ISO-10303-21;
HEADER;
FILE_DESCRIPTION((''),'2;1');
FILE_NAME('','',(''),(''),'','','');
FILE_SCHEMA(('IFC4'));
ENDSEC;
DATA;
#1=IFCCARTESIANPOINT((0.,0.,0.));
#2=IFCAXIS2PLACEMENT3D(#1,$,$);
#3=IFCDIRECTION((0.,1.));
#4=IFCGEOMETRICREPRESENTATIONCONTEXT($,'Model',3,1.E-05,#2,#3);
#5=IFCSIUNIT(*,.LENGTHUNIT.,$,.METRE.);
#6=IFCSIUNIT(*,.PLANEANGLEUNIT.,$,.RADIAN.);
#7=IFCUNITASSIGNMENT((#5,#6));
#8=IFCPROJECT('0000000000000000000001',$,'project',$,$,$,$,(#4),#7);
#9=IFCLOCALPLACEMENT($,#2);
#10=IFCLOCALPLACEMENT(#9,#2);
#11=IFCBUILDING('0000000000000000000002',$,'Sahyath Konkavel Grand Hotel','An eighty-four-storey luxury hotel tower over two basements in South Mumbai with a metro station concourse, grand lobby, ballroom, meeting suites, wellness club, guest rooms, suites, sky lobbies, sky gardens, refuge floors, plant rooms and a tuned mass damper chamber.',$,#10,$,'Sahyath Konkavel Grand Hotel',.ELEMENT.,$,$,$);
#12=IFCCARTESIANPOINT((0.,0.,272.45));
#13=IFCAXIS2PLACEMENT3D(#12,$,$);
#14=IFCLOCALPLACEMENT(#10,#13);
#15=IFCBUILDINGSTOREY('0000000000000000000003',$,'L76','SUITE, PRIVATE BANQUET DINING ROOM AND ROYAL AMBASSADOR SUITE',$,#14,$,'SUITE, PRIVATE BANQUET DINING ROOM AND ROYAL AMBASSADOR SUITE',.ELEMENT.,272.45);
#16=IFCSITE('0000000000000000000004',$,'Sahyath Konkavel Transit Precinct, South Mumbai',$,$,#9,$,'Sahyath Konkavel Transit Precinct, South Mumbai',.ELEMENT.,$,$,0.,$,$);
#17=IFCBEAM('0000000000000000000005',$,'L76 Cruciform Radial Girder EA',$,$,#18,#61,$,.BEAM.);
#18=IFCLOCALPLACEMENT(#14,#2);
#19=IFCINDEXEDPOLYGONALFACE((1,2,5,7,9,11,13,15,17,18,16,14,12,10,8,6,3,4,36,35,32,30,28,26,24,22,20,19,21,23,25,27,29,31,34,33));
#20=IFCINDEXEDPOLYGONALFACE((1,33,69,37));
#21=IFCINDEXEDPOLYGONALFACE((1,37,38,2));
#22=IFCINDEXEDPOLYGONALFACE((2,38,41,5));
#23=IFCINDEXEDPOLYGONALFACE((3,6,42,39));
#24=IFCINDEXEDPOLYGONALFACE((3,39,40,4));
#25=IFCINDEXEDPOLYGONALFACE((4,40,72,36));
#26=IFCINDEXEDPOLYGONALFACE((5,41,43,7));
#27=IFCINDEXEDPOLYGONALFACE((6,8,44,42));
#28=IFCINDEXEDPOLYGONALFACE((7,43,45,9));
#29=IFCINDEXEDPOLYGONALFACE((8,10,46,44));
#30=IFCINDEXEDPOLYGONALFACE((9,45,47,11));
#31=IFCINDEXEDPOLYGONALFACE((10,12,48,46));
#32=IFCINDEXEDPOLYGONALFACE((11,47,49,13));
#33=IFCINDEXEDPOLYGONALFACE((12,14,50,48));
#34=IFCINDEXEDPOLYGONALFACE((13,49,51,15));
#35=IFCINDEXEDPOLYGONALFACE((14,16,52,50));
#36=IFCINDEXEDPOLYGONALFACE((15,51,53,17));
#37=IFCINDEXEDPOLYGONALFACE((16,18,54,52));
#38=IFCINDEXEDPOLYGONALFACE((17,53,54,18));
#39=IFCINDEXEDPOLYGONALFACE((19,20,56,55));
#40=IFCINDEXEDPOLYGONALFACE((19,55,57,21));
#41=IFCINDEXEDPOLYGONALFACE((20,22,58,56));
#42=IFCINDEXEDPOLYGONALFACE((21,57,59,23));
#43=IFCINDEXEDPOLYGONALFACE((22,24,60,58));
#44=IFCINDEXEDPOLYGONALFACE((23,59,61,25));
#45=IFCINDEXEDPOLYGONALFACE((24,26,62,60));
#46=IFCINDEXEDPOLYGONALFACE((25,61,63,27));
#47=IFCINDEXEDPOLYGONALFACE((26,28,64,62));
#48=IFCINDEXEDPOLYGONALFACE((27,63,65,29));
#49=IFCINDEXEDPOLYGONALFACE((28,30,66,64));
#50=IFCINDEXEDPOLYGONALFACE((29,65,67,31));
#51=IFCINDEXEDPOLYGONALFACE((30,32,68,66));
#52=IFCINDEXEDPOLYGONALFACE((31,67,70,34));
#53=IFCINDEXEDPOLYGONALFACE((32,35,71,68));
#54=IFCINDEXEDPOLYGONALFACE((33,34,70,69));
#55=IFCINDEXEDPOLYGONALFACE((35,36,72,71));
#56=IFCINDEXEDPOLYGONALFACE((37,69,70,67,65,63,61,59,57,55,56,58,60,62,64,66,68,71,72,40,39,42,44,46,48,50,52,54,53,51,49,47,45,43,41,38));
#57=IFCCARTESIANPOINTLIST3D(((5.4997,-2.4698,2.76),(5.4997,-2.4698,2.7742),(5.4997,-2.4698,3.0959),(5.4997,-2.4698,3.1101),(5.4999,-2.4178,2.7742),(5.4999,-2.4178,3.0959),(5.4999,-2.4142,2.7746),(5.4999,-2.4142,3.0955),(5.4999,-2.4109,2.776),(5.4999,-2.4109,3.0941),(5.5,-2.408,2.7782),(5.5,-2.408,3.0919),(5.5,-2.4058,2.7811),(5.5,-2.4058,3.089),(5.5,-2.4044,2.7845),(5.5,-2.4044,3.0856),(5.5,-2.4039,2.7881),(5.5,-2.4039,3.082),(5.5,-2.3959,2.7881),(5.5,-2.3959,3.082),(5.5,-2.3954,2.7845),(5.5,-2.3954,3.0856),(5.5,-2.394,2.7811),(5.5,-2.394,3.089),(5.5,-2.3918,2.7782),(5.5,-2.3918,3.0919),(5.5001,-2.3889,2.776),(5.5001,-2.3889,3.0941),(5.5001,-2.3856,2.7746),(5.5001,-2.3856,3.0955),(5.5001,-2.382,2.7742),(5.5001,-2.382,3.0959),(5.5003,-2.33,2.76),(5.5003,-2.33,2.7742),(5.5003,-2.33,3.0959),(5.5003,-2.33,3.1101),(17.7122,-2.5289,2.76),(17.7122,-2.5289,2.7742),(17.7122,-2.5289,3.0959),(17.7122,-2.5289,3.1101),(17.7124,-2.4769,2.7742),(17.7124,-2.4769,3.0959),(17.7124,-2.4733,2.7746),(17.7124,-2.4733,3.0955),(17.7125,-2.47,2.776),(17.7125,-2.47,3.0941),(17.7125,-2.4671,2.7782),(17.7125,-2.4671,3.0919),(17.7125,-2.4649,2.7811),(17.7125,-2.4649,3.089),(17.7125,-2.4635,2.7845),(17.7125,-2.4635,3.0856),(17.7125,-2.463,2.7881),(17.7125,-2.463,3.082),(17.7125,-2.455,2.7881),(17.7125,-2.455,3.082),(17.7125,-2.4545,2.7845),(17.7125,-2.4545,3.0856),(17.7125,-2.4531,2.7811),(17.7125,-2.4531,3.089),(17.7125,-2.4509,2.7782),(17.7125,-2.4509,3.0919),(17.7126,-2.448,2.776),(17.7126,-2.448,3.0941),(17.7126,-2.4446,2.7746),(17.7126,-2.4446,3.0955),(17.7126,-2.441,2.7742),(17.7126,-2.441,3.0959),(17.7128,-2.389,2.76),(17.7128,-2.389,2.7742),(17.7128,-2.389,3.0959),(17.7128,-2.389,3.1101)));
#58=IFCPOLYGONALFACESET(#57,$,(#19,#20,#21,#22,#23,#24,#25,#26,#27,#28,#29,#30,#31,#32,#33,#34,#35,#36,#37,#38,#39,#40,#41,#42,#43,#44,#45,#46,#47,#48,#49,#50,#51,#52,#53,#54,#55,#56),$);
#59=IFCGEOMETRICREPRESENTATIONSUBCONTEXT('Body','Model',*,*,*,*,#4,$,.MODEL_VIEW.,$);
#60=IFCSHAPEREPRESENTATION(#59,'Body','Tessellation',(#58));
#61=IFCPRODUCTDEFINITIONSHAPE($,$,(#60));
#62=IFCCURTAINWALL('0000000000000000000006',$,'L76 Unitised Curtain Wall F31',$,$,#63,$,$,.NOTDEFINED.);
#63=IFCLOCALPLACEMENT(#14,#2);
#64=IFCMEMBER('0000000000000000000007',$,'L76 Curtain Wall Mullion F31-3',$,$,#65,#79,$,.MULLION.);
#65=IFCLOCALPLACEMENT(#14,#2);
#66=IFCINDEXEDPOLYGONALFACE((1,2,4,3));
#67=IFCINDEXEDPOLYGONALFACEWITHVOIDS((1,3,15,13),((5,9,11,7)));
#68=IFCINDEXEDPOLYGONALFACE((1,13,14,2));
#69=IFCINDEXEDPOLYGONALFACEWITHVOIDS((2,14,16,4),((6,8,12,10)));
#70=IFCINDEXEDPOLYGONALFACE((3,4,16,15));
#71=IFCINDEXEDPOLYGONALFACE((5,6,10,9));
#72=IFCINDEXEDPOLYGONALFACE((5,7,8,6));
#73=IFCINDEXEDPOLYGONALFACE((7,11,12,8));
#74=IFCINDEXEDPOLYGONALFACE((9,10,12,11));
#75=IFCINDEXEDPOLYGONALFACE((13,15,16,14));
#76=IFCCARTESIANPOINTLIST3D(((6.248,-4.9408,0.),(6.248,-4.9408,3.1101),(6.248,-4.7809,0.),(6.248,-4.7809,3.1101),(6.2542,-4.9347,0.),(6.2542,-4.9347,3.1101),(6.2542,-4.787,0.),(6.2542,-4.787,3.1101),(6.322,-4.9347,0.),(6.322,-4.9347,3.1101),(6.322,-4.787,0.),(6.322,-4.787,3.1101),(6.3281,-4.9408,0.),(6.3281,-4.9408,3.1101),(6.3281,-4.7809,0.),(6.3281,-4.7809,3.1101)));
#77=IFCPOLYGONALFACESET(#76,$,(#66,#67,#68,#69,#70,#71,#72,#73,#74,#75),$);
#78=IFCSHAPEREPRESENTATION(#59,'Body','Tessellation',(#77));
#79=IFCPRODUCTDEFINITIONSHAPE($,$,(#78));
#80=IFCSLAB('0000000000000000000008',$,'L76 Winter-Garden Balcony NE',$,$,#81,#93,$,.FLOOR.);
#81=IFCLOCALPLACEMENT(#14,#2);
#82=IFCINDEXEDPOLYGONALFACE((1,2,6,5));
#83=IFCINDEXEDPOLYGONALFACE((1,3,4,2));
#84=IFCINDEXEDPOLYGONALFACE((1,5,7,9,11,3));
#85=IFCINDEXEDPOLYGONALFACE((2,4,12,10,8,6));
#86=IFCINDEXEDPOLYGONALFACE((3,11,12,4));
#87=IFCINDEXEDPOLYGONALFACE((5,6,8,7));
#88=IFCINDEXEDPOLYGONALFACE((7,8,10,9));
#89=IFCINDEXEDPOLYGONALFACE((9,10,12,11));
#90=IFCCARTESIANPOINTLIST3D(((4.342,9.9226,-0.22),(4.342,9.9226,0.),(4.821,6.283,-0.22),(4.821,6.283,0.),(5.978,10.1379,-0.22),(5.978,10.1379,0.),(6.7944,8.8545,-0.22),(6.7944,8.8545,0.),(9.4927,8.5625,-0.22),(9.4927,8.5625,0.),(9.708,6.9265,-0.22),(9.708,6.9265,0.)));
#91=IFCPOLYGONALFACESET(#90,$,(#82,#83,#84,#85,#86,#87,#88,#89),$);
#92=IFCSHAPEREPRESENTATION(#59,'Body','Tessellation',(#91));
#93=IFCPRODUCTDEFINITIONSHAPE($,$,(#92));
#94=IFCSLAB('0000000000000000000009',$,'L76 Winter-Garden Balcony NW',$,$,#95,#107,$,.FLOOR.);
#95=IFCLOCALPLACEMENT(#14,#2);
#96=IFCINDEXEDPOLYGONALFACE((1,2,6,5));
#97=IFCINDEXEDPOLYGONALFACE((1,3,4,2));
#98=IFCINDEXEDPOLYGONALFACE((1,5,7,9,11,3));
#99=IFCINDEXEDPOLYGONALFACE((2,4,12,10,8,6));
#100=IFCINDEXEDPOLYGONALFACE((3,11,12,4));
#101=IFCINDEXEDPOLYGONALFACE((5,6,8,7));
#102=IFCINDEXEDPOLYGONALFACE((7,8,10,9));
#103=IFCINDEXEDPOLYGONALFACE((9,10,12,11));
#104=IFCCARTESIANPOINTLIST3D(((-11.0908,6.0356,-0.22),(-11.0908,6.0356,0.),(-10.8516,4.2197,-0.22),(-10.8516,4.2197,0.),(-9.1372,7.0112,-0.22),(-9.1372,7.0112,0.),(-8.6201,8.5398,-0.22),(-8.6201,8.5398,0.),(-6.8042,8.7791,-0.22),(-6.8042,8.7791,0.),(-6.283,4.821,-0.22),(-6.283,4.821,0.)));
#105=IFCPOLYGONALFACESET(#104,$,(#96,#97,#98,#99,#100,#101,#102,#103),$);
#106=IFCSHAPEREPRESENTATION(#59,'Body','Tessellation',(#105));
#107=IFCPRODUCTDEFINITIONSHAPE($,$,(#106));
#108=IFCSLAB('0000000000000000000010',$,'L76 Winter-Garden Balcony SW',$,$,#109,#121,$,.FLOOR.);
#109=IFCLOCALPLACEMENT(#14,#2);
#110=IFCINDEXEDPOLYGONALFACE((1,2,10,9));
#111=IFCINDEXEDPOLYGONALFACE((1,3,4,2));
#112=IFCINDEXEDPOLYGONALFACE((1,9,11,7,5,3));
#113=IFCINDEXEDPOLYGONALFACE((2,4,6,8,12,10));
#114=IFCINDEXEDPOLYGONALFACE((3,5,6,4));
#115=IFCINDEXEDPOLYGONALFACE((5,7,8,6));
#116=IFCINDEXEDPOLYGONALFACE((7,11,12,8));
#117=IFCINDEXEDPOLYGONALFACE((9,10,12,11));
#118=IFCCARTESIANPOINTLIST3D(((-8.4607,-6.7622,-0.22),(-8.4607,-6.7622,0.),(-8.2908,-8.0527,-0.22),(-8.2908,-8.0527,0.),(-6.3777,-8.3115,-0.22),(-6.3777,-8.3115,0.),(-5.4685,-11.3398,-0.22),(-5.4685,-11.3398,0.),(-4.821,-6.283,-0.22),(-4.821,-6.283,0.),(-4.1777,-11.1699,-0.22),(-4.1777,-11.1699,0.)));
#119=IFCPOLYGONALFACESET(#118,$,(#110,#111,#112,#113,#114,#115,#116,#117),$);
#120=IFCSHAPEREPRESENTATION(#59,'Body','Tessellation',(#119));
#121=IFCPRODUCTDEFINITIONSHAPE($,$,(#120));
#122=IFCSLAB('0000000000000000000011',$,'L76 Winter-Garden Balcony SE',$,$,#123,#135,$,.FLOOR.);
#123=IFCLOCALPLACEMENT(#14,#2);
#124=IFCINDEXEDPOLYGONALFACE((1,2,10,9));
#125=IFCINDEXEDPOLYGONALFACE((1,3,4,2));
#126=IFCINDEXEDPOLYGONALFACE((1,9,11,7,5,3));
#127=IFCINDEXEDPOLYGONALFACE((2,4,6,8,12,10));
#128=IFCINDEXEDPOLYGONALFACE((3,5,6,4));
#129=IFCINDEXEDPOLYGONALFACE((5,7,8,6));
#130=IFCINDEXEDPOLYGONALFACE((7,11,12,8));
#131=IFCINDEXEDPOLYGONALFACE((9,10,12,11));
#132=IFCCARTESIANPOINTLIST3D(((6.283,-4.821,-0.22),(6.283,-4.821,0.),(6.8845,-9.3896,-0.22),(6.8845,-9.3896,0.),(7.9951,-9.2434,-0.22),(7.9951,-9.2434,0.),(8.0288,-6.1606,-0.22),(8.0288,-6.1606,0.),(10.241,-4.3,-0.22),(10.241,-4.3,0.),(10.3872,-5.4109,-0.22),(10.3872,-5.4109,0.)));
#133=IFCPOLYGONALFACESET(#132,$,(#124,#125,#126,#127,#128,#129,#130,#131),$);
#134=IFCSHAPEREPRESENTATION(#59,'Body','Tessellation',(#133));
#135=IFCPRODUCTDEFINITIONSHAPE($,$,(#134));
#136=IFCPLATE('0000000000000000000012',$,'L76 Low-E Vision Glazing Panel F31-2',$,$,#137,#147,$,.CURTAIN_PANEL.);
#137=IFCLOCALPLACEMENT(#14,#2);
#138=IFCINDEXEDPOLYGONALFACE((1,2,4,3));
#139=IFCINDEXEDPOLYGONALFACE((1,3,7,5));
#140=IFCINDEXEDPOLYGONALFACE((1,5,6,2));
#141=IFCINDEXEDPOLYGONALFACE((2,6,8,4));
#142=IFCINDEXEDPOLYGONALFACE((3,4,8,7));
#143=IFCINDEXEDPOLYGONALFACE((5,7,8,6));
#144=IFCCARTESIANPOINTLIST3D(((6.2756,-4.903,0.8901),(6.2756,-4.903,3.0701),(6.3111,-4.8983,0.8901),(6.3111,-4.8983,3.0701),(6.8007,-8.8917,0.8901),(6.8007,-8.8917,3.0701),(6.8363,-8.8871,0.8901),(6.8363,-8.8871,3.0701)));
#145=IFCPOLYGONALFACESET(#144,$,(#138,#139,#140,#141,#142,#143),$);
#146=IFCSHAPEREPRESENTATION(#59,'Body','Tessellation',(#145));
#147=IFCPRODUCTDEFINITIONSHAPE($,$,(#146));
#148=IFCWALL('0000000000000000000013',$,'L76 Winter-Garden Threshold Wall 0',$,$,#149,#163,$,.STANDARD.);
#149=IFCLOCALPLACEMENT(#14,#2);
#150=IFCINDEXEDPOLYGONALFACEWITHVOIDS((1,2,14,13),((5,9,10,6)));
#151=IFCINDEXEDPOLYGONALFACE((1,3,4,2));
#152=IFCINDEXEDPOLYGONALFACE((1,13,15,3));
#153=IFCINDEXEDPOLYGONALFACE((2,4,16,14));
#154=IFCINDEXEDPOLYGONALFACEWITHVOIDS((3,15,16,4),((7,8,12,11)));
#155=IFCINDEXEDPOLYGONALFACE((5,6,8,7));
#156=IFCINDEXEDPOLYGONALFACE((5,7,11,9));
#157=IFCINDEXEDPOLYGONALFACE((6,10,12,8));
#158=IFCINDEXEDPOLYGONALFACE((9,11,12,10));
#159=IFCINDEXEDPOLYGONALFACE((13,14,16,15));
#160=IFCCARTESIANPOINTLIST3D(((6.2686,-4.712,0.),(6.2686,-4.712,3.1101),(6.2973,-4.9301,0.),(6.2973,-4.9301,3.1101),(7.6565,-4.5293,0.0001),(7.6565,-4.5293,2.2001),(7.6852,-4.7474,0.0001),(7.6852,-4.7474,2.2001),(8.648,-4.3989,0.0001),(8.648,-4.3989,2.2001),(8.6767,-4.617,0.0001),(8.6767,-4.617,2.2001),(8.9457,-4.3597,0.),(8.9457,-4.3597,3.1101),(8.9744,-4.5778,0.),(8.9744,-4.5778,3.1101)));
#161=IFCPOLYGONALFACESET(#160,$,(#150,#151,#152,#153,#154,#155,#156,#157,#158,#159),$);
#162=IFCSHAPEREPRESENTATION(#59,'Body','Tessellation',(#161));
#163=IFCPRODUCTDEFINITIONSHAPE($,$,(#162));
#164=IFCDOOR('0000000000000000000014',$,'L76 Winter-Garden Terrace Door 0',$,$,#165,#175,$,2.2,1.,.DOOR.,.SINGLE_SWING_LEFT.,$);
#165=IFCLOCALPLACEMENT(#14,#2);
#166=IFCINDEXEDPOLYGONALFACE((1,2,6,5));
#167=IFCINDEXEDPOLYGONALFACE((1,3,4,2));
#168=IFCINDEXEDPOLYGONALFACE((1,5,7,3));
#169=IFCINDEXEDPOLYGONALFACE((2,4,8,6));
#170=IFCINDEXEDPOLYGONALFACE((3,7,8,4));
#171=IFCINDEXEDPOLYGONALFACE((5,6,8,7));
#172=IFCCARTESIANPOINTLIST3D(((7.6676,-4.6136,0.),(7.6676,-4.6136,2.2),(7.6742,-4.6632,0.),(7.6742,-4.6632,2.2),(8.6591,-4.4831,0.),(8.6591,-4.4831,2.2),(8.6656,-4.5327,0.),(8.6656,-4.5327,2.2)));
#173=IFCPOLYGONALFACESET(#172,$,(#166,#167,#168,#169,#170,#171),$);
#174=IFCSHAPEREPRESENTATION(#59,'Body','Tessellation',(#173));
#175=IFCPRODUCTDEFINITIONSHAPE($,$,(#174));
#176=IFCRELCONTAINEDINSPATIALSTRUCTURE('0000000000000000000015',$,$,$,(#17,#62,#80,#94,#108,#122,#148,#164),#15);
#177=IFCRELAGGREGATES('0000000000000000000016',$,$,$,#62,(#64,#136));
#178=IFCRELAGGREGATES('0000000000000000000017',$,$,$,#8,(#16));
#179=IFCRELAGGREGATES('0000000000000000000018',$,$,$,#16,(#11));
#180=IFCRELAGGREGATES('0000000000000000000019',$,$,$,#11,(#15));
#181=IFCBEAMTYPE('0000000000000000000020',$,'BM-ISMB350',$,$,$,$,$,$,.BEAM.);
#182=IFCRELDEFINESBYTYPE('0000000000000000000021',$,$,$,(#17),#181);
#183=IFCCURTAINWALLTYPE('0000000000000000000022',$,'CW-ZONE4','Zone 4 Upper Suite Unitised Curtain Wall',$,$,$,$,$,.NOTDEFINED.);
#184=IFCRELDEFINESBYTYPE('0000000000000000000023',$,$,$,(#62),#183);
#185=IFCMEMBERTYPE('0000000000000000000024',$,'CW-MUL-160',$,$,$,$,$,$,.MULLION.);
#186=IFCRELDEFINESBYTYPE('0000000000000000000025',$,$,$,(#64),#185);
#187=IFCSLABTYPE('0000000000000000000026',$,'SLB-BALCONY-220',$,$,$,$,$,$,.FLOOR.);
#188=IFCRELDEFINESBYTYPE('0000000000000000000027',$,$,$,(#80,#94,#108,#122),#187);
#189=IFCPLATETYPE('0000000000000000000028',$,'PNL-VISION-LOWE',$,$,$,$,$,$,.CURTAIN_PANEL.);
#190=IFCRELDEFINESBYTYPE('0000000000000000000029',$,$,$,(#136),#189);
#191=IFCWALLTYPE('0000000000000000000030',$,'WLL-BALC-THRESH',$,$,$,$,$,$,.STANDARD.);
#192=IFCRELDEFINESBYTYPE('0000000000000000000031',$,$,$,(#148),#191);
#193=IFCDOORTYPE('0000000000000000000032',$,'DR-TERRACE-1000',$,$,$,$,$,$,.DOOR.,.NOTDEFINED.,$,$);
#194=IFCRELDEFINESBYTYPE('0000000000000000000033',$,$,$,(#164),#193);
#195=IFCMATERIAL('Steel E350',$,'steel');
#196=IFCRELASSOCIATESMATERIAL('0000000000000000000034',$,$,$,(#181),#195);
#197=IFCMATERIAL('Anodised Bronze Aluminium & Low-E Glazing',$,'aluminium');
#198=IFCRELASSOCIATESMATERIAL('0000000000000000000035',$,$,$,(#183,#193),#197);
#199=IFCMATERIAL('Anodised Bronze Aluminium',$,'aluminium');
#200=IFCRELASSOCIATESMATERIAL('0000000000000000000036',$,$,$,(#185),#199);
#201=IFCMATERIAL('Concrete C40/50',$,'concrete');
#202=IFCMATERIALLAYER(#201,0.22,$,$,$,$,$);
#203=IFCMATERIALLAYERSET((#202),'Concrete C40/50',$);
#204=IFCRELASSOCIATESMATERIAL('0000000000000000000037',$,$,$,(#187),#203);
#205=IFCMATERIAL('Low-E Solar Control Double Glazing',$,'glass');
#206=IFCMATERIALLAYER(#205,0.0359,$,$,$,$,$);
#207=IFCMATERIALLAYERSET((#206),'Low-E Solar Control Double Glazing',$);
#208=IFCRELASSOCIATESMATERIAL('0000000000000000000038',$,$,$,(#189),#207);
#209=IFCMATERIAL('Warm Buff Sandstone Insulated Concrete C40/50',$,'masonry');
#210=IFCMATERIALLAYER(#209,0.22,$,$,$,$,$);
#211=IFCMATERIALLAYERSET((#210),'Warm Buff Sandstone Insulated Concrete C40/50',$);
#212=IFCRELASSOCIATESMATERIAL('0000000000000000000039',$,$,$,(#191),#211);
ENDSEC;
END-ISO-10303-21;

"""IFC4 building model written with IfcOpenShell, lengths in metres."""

from ifc_helpers import new_model, si_unit, direction, frame, frame_2d, origin, origin_2d, place, context, subcontext, project, spatial, polyline, rectangle, hollow_rectangle, i_section, outline, extrude, source, transform, mapped, material, layer, layer_set, material_profile, profile_set, type_object, element, fill, aggregate, save


model = new_model("IFC4")

# Units and contexts
model_context = context("Model", 3, precision=1e-05, world=origin(), true_north=direction((0.0, 1.0)))
body_context = subcontext(model_context, "Body", "Model", "MODEL_VIEW")
ifc_project = project(units=[si_unit("LENGTHUNIT", "METRE"), si_unit("PLANEANGLEUNIT", "RADIAN")], contexts=[model_context])

# Site, building, storey
site_placement = place(None, origin())
site = spatial("IfcSite", under=ifc_project, at=site_placement, Name="Sahyath Konkavel Transit Precinct, South Mumbai", LongName="Sahyath Konkavel Transit Precinct, South Mumbai", CompositionType="ELEMENT", RefElevation=0.0)
building_placement = place(site_placement, origin())
building = spatial("IfcBuilding", under=site, at=building_placement, Name="Sahyath Konkavel Grand Hotel", Description="An eighty-four-storey luxury hotel tower over two basements in South Mumbai with a metro station concourse, grand lobby, ballroom, meeting suites, wellness club, guest rooms, suites, sky lobbies, sky gardens, refuge floors, plant rooms and a tuned mass damper chamber.", LongName="Sahyath Konkavel Grand Hotel", CompositionType="ELEMENT")
storey_placement = place(building_placement, frame((0.0, 0.0, 272.45)))
storey = spatial("IfcBuildingStorey", under=building, at=storey_placement, Name="L76", Description="SUITE, PRIVATE BANQUET DINING ROOM AND ROYAL AMBASSADOR SUITE", LongName="SUITE, PRIVATE BANQUET DINING ROOM AND ROYAL AMBASSADOR SUITE", CompositionType="ELEMENT", Elevation=272.45)

# Shared definitions
ifc_material_1 = material(Name="Concrete C40/50", Category="concrete")

# Beam
ifc_material_2 = material(Name="Steel E350", Category="steel")
ifc_material_profile_1 = material_profile(ifc_material_2, i_section(OverallWidth=0.1399, OverallDepth=0.3501, WebThickness=0.0081, FlangeThickness=0.0142, FilletRadius=0.0139, at=origin_2d()), Name="ISMB 350")
ifc_profile_set_1 = profile_set([ifc_material_profile_1], Name="Steel E350")
beam_type_1 = type_object("IfcBeamType", Name="BM-ISMB350", PredefinedType="BEAM", material=ifc_profile_set_1)
shared_shape_1 = source(origin(), body_context, "Body", "SweptSolid", [
    extrude(i_section(OverallWidth=0.1399, OverallDepth=0.3501, WebThickness=0.0081, FlangeThickness=0.0142, FilletRadius=0.0139, at=origin_2d()), origin(), (0.0, 0.0, 1.0), 12.2126),
])
beam_1_placement = place(storey_placement, frame((5.5, -2.3999, 2.9351), z_axis=(0.999988, -0.004838, 0.0), x_axis=(0.004838, 0.999988, 0.0)))
element("IfcBeam", 1, at=beam_1_placement, inside=storey, type_object=beam_type_1, Name="L76 Cruciform Radial Girder EA", PredefinedType="BEAM", context=body_context, shape_type="MappedRepresentation", body=[
    mapped(shared_shape_1, transform((0.0, 0.0, 0.0), scale=1.0)),
])

# Curtain wall, member
ifc_material_3 = material(Name="Anodised Bronze Aluminium & Low-E Glazing", Category="aluminium")
curtain_wall_type = type_object("IfcCurtainWallType", Name="CW-ZONE4", Description="Zone 4 Upper Suite Unitised Curtain Wall", PredefinedType="NOTDEFINED", material=ifc_material_3)
curtain_wall_placement = place(storey_placement, origin())
curtain_wall = element("IfcCurtainWall", 2, at=curtain_wall_placement, inside=storey, type_object=curtain_wall_type, Name="L76 Unitised Curtain Wall F31", PredefinedType="NOTDEFINED")
ifc_material_4 = material(Name="Anodised Bronze Aluminium", Category="aluminium")
ifc_material_profile_2 = material_profile(ifc_material_4, hollow_rectangle(XDim=0.0801, YDim=0.1599, WallThickness=0.0061, at=origin_2d()), Name="RHS 160x80x6")
ifc_profile_set_2 = profile_set([ifc_material_profile_2], Name="Anodised Bronze Aluminium")
member_type = type_object("IfcMemberType", Name="CW-MUL-160", PredefinedType="MULLION", material=ifc_profile_set_2)
shared_shape_2 = source(origin(), body_context, "Body", "SweptSolid", [
    extrude(hollow_rectangle(XDim=0.0801, YDim=0.1599, WallThickness=0.0061, at=origin_2d()), origin(), (0.0, 0.0, 1.0), 3.1101),
])
member_placement = place(storey_placement, frame((6.2881, -4.8608, 0.0), z_axis=(0.0, 0.0, 1.0), x_axis=(1.0, 0.0, 0.0)))
member = element("IfcMember", 3, at=member_placement, type_object=member_type, Name="L76 Curtain Wall Mullion F31-3", PredefinedType="MULLION", context=body_context, shape_type="MappedRepresentation", body=[
    mapped(shared_shape_2, transform((0.0, 0.0, 0.0), scale=1.0)),
])

# Slabs
ifc_layer_1 = layer(ifc_material_1, 0.22)
ifc_layer_set_1 = layer_set([ifc_layer_1], Name="Concrete C40/50")
slab_type = type_object("IfcSlabType", Name="SLB-BALCONY-220", PredefinedType="FLOOR", material=ifc_layer_set_1)
slab_1_placement = place(storey_placement, frame((0.0, 0.0, -0.22)))
element("IfcSlab", 4, at=slab_1_placement, inside=storey, type_object=slab_type, Name="L76 Winter-Garden Balcony NE", PredefinedType="FLOOR", context=body_context, shape_type="SweptSolid", body=[
    extrude(outline(polyline([(4.821, 6.283), (9.708, 6.9265), (9.4927, 8.5625), (6.7944, 8.8545), (5.978, 10.1379), (4.342, 9.9226), (4.821, 6.283)])), origin(), (0.0, 0.0, 1.0), 0.22),
])
slab_2_placement = place(storey_placement, frame((0.0, 0.0, -0.22)))
element("IfcSlab", 5, at=slab_2_placement, inside=storey, type_object=slab_type, Name="L76 Winter-Garden Balcony NW", PredefinedType="FLOOR", context=body_context, shape_type="SweptSolid", body=[
    extrude(outline(polyline([(-6.283, 4.821), (-6.8042, 8.7791), (-8.6201, 8.5398), (-9.1372, 7.0112), (-11.0908, 6.0356), (-10.8516, 4.2197), (-6.283, 4.821)])), origin(), (0.0, 0.0, 1.0), 0.22),
])
slab_3_placement = place(storey_placement, frame((0.0, 0.0, -0.22)))
element("IfcSlab", 6, at=slab_3_placement, inside=storey, type_object=slab_type, Name="L76 Winter-Garden Balcony SW", PredefinedType="FLOOR", context=body_context, shape_type="SweptSolid", body=[
    extrude(outline(polyline([(-4.821, -6.283), (-8.4607, -6.7622), (-8.2908, -8.0527), (-6.3777, -8.3115), (-5.4685, -11.3398), (-4.1777, -11.1699), (-4.821, -6.283)])), origin(), (0.0, 0.0, 1.0), 0.22),
])
slab_4_placement = place(storey_placement, frame((0.0, 0.0, -0.22)))
element("IfcSlab", 7, at=slab_4_placement, inside=storey, type_object=slab_type, Name="L76 Winter-Garden Balcony SE", PredefinedType="FLOOR", context=body_context, shape_type="SweptSolid", body=[
    extrude(outline(polyline([(6.283, -4.821), (6.8845, -9.3896), (7.9951, -9.2434), (8.0288, -6.1606), (10.3872, -5.4109), (10.241, -4.3), (6.283, -4.821)])), origin(), (0.0, 0.0, 1.0), 0.22),
])

# Plate
ifc_material_5 = material(Name="Low-E Solar Control Double Glazing", Category="glass")
ifc_layer_2 = layer(ifc_material_5, 0.0359)
ifc_layer_set_2 = layer_set([ifc_layer_2], Name="Low-E Solar Control Double Glazing")
plate_type = type_object("IfcPlateType", Name="PNL-VISION-LOWE", PredefinedType="CURTAIN_PANEL", material=ifc_layer_set_2)
shared_shape_3 = source(origin(), body_context, "Body", "SweptSolid", [
    extrude(rectangle(XDim=4.0232, YDim=0.0359, at=origin_2d()), origin(), (0.0, 0.0, 1.0), 2.1799),
])
plate_placement = place(storey_placement, frame((6.5559, -6.895, 0.8901), z_axis=(0.0, 0.0, 1.0), x_axis=(-0.130526, 0.991445, 0.0)))
plate = element("IfcPlate", 8, at=plate_placement, type_object=plate_type, Name="L76 Low-E Vision Glazing Panel F31-2", PredefinedType="CURTAIN_PANEL", context=body_context, shape_type="MappedRepresentation", body=[
    mapped(shared_shape_3, transform((0.0, 0.0, 0.0), scale=1.0)),
])
aggregate(curtain_wall, [member, plate])

# Wall, opening, door
ifc_material_6 = material(Name="Warm Buff Sandstone Insulated Concrete C40/50", Category="masonry")
ifc_layer_3 = layer(ifc_material_6, 0.22)
ifc_layer_set_3 = layer_set([ifc_layer_3], Name="Warm Buff Sandstone Insulated Concrete C40/50")
wall_type_1 = type_object("IfcWallType", Name="WLL-BALC-THRESH", PredefinedType="STANDARD", material=ifc_layer_set_3)
wall_1_placement = place(storey_placement, frame((6.283, -4.821, 0.0), z_axis=(0.0, 0.0, 1.0), x_axis=(0.991452, 0.130476, 0.0)))
wall_1 = element("IfcWall", 9, at=wall_1_placement, inside=storey, type_object=wall_type_1, Name="L76 Winter-Garden Threshold Wall 0", PredefinedType="STANDARD", context=body_context, shape_type="SweptSolid", body=[
    extrude(rectangle(XDim=2.7002, YDim=0.22, at=frame_2d((1.3501, 0.0))), origin(), (0.0, 0.0, 1.0), 3.1101),
])
opening_1_placement = place(wall_1_placement, frame((1.3999, 0.0, 0.0)))
opening_1 = element("IfcOpeningElement", 10, at=opening_1_placement, cuts=wall_1, PredefinedType="OPENING", context=body_context, shape_type="SweptSolid", body=[
    extrude(rectangle(XDim=1.0, YDim=2.2, at=frame_2d((0.5, 1.1001))), frame((0.0, 0.1201, 0.0), z_axis=(0.0, -1.0, 0.0), x_axis=(1.0, 0.0, 0.0)), (0.0, 0.0, 1.0), 0.24),
])
door_type_1 = type_object("IfcDoorType", Name="DR-TERRACE-1000", OperationType="NOTDEFINED", PredefinedType="DOOR", material=ifc_material_3)
shared_shape_4 = source(origin(), body_context, "Body", "SweptSolid", [
    extrude(rectangle(XDim=1.0, YDim=0.05, at=origin_2d()), origin(), (0.0, 0.0, 1.0), 2.2),
])
door_1_placement = place(opening_1_placement, frame((0.5, 0.0, 0.0)))
door_1 = element("IfcDoor", 11, at=door_1_placement, inside=storey, type_object=door_type_1, Name="L76 Winter-Garden Terrace Door 0", OperationType="SINGLE_SWING_LEFT", OverallHeight=2.2, OverallWidth=1.0, PredefinedType="DOOR", context=body_context, shape_type="MappedRepresentation", body=[
    mapped(shared_shape_4, transform((0.0, 0.0, 0.0), scale=1.0)),
])
fill(opening_1, door_1)

save(model, "model.ifc")
